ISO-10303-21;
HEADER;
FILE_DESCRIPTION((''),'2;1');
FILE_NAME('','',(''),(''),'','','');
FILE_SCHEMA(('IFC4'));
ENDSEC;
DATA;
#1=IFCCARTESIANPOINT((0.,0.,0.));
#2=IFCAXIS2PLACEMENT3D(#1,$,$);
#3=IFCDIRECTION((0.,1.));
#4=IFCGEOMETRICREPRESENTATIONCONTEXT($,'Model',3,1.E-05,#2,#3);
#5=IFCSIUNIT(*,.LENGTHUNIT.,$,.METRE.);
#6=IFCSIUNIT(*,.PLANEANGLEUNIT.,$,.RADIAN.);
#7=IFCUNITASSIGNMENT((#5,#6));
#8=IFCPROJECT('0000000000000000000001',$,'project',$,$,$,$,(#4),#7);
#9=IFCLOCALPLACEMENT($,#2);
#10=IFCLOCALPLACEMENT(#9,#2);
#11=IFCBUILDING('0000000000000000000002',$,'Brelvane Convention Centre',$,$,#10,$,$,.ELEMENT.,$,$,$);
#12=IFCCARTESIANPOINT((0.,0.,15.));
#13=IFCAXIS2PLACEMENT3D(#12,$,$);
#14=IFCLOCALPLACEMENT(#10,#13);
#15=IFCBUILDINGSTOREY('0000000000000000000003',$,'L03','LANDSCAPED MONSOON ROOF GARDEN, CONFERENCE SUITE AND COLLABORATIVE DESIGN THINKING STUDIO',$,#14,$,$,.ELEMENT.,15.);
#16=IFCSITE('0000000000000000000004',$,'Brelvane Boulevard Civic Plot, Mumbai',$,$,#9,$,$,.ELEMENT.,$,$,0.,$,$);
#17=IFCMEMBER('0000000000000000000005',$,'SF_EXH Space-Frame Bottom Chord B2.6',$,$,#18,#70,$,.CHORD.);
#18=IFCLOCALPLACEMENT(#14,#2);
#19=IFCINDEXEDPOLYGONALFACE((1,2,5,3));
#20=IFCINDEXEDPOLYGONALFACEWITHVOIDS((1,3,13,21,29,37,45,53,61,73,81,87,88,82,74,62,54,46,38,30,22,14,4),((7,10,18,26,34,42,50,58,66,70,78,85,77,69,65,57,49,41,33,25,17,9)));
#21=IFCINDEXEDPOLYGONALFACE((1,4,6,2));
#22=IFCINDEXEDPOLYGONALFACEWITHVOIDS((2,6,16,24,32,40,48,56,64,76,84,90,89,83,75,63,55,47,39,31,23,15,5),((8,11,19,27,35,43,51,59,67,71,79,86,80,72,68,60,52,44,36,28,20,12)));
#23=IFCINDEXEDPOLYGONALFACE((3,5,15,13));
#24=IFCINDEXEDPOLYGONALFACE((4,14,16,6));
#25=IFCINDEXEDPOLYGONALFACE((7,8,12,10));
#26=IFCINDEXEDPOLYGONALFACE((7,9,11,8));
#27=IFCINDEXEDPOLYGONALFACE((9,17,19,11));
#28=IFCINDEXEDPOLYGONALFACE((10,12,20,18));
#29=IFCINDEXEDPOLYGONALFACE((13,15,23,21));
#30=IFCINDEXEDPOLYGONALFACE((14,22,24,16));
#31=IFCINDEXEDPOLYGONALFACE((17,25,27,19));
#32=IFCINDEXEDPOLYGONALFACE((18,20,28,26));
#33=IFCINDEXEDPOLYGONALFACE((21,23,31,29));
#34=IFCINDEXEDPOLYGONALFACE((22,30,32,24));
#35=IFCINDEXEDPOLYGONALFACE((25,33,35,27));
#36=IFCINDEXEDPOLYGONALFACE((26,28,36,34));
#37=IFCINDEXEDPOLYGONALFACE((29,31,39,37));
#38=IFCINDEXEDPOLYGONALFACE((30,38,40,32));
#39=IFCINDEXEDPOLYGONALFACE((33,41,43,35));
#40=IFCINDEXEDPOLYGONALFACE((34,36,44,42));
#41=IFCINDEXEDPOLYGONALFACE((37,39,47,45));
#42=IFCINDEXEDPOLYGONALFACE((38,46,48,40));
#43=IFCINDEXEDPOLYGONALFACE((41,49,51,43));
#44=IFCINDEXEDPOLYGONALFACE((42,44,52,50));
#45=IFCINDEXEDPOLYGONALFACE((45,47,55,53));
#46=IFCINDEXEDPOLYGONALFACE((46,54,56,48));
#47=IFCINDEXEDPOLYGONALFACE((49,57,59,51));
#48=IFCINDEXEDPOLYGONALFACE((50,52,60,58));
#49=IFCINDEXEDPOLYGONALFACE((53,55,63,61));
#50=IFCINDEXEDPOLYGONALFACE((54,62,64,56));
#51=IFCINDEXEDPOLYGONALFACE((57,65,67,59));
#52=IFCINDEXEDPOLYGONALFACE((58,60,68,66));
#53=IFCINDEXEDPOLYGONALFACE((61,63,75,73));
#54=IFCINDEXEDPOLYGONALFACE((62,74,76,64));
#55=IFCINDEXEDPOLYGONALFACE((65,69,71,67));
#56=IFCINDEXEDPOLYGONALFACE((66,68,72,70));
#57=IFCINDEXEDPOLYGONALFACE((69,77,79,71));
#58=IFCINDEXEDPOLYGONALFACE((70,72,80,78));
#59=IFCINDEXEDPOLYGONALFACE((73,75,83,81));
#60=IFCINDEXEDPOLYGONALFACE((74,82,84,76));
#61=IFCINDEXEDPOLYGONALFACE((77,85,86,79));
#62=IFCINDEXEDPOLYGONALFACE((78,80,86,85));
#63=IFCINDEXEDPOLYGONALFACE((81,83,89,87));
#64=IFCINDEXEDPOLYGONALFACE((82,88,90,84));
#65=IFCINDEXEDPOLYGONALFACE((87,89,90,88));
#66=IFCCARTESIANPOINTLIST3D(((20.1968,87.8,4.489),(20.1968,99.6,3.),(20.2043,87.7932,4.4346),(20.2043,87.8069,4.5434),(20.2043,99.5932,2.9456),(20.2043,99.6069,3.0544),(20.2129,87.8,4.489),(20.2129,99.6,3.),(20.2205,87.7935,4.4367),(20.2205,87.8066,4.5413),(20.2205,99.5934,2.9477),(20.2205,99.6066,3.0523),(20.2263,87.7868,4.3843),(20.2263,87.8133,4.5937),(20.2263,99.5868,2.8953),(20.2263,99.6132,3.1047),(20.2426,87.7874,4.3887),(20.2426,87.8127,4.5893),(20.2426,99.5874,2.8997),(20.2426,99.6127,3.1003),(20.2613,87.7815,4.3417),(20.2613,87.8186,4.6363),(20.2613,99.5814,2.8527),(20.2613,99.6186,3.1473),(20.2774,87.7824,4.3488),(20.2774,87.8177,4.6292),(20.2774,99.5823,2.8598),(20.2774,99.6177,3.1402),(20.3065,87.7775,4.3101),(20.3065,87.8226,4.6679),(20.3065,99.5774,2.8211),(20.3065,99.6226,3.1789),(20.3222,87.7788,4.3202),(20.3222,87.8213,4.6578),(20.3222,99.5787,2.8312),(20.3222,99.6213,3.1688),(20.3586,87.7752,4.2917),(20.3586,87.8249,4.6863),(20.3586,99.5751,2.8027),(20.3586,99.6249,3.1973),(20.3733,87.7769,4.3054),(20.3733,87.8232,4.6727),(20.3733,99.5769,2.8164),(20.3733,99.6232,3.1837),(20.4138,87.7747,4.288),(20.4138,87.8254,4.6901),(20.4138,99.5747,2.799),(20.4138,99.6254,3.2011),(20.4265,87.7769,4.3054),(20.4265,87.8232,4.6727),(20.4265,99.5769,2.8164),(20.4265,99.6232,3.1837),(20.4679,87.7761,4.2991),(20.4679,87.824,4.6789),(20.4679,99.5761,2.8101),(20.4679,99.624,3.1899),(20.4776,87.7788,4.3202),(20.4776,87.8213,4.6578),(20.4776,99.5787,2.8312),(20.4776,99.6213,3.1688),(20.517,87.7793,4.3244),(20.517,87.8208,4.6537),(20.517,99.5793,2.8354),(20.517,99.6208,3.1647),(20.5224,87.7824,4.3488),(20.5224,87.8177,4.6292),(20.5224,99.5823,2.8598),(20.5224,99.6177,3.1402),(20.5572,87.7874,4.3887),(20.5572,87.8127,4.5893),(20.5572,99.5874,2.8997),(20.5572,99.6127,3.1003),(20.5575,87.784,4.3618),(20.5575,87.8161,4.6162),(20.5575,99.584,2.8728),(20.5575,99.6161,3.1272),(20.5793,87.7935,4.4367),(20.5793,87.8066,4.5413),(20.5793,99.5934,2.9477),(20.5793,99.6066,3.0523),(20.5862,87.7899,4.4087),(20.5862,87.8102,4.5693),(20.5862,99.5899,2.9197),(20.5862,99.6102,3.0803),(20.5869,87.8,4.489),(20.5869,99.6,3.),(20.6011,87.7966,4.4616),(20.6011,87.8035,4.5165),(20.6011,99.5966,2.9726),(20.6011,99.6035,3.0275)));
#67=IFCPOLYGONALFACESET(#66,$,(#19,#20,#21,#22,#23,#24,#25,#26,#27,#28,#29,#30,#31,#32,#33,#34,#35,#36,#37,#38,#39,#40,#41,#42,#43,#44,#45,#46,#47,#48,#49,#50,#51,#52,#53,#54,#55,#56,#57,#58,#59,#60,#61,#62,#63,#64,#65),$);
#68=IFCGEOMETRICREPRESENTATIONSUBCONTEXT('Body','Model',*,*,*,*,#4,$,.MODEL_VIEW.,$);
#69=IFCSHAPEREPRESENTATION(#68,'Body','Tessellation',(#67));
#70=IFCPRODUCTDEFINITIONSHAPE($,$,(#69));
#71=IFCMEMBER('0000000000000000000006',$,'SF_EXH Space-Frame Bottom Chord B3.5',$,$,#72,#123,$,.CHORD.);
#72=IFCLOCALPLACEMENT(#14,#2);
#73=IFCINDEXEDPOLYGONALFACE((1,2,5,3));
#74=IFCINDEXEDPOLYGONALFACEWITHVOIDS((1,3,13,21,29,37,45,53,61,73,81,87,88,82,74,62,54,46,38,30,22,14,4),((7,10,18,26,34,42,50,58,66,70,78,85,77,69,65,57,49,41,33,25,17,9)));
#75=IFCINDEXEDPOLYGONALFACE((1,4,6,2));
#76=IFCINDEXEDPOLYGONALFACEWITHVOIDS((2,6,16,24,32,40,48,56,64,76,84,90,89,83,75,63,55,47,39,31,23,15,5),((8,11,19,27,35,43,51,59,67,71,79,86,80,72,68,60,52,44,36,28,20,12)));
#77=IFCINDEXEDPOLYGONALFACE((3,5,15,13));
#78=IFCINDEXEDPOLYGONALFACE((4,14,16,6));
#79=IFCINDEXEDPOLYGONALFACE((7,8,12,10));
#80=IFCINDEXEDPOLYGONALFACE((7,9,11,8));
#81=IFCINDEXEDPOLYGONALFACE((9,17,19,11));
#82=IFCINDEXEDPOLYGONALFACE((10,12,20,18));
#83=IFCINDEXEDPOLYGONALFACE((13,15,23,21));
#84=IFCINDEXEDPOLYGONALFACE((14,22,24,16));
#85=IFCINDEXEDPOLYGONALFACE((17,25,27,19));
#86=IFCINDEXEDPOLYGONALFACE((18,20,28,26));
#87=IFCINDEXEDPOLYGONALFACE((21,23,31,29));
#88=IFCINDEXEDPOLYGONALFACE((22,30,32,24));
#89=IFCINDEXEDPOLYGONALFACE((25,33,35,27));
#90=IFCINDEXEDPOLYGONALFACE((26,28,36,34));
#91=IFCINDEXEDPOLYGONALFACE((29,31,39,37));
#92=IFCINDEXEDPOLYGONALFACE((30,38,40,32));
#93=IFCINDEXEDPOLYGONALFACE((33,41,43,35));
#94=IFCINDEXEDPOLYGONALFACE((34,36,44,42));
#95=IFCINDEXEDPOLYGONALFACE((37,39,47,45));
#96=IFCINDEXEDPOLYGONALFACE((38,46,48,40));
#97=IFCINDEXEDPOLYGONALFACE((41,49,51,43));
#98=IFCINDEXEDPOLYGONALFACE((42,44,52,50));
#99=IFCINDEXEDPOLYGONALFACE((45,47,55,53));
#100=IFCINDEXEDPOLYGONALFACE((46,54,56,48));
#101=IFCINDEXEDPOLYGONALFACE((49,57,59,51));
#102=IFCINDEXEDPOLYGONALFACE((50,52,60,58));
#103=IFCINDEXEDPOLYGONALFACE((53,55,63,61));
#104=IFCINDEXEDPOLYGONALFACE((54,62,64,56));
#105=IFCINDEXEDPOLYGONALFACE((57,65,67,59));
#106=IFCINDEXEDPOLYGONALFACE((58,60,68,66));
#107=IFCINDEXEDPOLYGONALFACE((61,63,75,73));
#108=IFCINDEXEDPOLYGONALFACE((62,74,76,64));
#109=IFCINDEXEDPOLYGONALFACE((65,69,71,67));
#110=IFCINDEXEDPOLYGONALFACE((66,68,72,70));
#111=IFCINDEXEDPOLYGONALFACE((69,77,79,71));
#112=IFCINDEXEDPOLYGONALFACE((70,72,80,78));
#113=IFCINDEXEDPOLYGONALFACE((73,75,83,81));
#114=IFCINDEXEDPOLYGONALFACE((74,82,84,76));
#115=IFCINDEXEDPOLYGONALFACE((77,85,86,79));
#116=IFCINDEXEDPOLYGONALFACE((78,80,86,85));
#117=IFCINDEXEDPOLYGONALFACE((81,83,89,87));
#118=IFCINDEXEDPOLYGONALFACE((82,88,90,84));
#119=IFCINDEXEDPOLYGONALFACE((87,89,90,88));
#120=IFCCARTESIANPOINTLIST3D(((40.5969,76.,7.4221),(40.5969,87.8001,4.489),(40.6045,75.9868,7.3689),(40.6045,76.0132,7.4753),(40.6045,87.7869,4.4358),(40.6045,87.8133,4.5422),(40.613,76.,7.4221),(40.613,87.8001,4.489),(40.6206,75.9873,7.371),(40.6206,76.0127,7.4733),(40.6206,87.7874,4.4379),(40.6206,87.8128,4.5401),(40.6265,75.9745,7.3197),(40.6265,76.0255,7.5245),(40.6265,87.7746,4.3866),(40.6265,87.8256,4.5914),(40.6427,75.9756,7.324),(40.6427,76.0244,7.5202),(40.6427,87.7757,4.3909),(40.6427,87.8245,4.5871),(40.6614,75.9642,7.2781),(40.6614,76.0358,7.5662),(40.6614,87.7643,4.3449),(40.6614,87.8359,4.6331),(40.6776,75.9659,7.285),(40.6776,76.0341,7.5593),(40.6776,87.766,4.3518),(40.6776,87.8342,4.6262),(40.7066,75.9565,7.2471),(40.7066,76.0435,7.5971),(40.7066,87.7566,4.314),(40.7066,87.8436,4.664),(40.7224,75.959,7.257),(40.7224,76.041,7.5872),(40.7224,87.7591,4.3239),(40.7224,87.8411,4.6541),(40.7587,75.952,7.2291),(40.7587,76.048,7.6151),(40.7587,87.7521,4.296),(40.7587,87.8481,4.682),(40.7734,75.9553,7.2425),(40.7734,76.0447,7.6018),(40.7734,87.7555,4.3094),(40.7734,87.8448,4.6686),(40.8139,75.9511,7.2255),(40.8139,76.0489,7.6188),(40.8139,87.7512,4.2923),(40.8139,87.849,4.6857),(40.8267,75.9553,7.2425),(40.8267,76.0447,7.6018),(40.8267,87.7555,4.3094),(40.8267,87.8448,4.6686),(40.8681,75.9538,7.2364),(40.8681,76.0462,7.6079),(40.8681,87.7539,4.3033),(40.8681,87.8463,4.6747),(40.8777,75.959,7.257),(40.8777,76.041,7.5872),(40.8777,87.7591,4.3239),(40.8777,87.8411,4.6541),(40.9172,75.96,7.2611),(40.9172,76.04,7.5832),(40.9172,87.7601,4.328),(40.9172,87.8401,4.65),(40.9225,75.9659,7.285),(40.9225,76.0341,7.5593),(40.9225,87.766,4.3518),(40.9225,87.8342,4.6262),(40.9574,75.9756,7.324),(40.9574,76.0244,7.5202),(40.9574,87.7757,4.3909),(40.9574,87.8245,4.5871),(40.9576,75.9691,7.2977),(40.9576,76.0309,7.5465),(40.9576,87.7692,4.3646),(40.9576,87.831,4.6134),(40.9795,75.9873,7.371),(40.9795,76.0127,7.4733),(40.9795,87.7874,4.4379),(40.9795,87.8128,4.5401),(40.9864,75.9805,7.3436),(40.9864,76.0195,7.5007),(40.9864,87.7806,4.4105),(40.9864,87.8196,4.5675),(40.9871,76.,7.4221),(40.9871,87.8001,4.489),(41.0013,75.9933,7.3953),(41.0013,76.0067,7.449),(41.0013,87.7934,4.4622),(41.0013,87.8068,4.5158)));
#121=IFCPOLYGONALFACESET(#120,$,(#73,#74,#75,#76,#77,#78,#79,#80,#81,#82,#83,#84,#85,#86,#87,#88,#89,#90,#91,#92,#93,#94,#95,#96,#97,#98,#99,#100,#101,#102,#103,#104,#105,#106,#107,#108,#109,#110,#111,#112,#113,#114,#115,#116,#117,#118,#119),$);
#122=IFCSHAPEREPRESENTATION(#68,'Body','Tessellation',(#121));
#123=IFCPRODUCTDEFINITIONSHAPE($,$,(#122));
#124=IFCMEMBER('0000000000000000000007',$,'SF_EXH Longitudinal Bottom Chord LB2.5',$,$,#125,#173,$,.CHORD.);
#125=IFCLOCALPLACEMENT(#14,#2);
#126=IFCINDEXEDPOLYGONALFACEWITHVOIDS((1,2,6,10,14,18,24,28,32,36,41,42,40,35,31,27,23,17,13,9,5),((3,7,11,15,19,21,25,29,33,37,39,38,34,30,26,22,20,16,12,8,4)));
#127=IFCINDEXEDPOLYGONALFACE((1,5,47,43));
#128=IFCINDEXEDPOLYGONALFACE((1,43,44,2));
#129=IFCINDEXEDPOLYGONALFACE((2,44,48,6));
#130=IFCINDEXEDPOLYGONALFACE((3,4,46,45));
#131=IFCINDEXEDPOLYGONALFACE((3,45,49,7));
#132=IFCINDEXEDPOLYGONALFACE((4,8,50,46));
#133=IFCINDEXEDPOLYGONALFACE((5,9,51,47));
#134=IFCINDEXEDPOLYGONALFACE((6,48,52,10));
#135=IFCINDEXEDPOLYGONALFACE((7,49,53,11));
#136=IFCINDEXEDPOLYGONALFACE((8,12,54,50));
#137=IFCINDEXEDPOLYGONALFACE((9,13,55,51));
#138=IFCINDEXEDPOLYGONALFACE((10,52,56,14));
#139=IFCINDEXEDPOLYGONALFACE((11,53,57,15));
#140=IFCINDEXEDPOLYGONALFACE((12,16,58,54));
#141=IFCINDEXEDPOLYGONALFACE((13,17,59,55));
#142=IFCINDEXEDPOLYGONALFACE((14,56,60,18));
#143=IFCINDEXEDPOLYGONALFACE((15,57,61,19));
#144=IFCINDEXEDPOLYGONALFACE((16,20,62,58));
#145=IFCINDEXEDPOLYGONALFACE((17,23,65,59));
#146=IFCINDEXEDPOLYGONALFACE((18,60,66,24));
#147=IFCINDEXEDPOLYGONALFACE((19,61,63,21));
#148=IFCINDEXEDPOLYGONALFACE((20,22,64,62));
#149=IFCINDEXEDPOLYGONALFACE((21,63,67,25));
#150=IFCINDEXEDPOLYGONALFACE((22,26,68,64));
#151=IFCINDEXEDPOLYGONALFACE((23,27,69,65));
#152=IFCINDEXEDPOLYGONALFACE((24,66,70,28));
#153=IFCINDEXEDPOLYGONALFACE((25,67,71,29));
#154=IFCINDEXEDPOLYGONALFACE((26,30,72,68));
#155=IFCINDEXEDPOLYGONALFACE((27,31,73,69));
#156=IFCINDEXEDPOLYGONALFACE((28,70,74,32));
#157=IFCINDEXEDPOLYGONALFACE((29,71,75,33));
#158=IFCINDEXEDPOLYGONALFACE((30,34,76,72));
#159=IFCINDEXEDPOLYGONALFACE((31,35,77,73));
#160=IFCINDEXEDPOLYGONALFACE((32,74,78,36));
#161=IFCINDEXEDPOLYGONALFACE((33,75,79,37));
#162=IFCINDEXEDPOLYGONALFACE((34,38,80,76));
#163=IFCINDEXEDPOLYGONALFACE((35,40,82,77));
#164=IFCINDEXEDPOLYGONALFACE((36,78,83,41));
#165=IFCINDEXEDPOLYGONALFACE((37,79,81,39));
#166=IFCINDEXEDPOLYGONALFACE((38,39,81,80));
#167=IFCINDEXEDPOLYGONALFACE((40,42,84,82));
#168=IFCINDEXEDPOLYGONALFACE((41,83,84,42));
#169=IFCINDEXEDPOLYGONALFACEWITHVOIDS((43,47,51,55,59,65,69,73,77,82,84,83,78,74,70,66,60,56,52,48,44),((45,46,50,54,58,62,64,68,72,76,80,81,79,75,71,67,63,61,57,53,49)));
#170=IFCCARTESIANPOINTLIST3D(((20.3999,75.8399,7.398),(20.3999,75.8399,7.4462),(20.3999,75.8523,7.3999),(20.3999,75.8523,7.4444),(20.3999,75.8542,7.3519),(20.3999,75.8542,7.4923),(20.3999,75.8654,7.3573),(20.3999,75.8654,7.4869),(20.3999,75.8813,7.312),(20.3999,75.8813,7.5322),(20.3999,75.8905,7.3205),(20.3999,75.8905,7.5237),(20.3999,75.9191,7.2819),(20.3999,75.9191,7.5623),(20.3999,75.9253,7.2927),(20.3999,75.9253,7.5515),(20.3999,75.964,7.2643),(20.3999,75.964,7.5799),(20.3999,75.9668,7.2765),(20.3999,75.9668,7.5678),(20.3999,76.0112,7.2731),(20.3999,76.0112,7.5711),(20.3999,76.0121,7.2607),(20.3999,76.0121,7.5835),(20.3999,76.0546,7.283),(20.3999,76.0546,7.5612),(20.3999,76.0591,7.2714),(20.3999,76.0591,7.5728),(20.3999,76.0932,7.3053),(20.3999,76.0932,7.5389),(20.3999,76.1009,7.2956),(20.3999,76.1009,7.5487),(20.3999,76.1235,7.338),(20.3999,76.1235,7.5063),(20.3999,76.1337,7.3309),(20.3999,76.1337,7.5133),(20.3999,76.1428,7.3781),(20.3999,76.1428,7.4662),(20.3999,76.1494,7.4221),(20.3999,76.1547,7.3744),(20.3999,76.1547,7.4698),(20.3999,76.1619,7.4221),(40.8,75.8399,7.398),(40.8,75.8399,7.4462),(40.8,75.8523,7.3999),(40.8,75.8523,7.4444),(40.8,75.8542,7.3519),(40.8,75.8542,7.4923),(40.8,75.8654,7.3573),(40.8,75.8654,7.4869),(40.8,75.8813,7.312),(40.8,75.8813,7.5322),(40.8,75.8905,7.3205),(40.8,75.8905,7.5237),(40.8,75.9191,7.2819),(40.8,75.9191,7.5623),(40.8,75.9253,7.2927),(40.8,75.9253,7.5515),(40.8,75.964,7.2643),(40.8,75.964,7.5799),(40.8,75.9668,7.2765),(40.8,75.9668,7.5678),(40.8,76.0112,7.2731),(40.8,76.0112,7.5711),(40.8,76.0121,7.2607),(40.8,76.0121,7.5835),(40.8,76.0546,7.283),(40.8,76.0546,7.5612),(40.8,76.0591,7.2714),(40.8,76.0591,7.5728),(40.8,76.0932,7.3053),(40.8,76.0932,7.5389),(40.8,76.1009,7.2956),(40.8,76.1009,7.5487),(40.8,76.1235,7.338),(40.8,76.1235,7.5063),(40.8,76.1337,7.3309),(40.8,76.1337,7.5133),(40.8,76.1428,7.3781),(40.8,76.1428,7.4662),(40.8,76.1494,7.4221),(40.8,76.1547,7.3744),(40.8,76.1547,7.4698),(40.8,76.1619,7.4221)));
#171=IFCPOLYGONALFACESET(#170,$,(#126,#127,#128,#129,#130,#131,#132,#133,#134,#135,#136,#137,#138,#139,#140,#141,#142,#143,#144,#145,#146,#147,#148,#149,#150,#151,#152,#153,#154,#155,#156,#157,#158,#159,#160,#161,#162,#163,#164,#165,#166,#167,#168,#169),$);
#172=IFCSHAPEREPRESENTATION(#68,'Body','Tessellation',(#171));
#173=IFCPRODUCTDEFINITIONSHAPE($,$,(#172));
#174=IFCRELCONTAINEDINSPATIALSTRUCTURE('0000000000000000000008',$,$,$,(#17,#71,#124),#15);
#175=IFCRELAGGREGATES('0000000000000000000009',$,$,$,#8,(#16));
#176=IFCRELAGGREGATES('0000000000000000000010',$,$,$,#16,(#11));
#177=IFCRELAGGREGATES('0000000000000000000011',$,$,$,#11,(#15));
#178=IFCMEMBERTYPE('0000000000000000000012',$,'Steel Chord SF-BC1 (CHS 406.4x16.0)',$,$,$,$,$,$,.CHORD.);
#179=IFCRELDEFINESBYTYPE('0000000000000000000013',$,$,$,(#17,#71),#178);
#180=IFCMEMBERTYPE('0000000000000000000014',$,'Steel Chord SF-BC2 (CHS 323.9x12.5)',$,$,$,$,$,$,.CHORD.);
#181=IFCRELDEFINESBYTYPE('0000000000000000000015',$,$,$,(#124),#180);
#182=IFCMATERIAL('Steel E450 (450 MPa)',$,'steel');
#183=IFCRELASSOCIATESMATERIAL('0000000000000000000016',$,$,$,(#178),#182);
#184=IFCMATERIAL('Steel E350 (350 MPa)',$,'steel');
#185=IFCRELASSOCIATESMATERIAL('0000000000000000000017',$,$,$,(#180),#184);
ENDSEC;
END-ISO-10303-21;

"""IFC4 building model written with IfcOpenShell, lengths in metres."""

from ifc_helpers import new_model, si_unit, direction, frame, origin, origin_2d, place, context, subcontext, project, spatial, hollow_circle, extrude, material, material_profile, profile_set, type_object, element, save


model = new_model("IFC4")

# Units and contexts
model_context = context("Model", 3, precision=1e-05, world=origin(), true_north=direction((0.0, 1.0)))
body_context = subcontext(model_context, "Body", "Model", "MODEL_VIEW")
ifc_project = project(units=[si_unit("LENGTHUNIT", "METRE"), si_unit("PLANEANGLEUNIT", "RADIAN")], contexts=[model_context])

# Site, building, storey
site_placement = place(None, origin())
site = spatial("IfcSite", under=ifc_project, at=site_placement, Name="Brelvane Boulevard Civic Plot, Mumbai", CompositionType="ELEMENT", RefElevation=0.0)
building_placement = place(site_placement, origin())
building = spatial("IfcBuilding", under=site, at=building_placement, Name="Brelvane Convention Centre", CompositionType="ELEMENT")
storey_placement = place(building_placement, frame((0.0, 0.0, 15.0)))
storey = spatial("IfcBuildingStorey", under=building, at=storey_placement, Name="L03", Description="LANDSCAPED MONSOON ROOF GARDEN, CONFERENCE SUITE AND COLLABORATIVE DESIGN THINKING STUDIO", CompositionType="ELEMENT", Elevation=15.0)

# Members
ifc_material_1 = material(Name="Steel E450 (450 MPa)", Category="steel")
ifc_material_profile_1 = material_profile(ifc_material_1, hollow_circle(Radius=0.2031, WallThickness=0.0161, at=origin_2d()), Name="CHS 406.4x16.0")
ifc_profile_set_1 = profile_set([ifc_material_profile_1], Name="Steel E450 (450 MPa)")
member_type_1 = type_object("IfcMemberType", Name="Steel Chord SF-BC1 (CHS 406.4x16.0)", PredefinedType="CHORD", material=ifc_profile_set_1)
member_1_placement = place(storey_placement, frame((20.3999, 87.8, 4.489), z_axis=(0.0, 0.992132, -0.125194), x_axis=(-1.0, 0.0, 0.0)))
element("IfcMember", 1, at=member_1_placement, inside=storey, type_object=member_type_1, Name="SF_EXH Space-Frame Bottom Chord B2.6", PredefinedType="CHORD", context=body_context, shape_type="SweptSolid", body=[
    extrude(hollow_circle(Radius=0.2031, WallThickness=0.0161, at=origin_2d()), origin(), (0.0, 0.0, 1.0), 11.8936),
])
member_2_placement = place(storey_placement, frame((40.8, 76.0, 7.4221), z_axis=(0.0, 0.970469, -0.241227), x_axis=(-1.0, 0.0, 0.0)))
element("IfcMember", 2, at=member_2_placement, inside=storey, type_object=member_type_1, Name="SF_EXH Space-Frame Bottom Chord B3.5", PredefinedType="CHORD", context=body_context, shape_type="SweptSolid", body=[
    extrude(hollow_circle(Radius=0.2031, WallThickness=0.0161, at=origin_2d()), origin(), (0.0, 0.0, 1.0), 12.1592),
])
ifc_material_2 = material(Name="Steel E350 (350 MPa)", Category="steel")
ifc_material_profile_2 = material_profile(ifc_material_2, hollow_circle(Radius=0.1619, WallThickness=0.0125, at=origin_2d()), Name="CHS 323.9x12.5")
ifc_profile_set_2 = profile_set([ifc_material_profile_2], Name="Steel E350 (350 MPa)")
member_type_2 = type_object("IfcMemberType", Name="Steel Chord SF-BC2 (CHS 323.9x12.5)", PredefinedType="CHORD", material=ifc_profile_set_2)
for number, where, z_axis, x_axis, name in (
    (3, (20.3999, 76.0, 7.4221), (1.0, 0.0, 0.0), (0.0, 1.0, 0.0), "SF_EXH Longitudinal Bottom Chord LB2.5"),
):
    element("IfcMember", number, at=place(storey_placement, frame(where, z_axis=z_axis, x_axis=x_axis)), inside=storey, type_object=member_type_2, Name=name, PredefinedType="CHORD", context=body_context, shape_type="SweptSolid", body=[
        extrude(hollow_circle(Radius=0.1619, WallThickness=0.0125, at=origin_2d()), origin(), (0.0, 0.0, 1.0), 20.4001),
    ])

save(model, "model.ifc")
